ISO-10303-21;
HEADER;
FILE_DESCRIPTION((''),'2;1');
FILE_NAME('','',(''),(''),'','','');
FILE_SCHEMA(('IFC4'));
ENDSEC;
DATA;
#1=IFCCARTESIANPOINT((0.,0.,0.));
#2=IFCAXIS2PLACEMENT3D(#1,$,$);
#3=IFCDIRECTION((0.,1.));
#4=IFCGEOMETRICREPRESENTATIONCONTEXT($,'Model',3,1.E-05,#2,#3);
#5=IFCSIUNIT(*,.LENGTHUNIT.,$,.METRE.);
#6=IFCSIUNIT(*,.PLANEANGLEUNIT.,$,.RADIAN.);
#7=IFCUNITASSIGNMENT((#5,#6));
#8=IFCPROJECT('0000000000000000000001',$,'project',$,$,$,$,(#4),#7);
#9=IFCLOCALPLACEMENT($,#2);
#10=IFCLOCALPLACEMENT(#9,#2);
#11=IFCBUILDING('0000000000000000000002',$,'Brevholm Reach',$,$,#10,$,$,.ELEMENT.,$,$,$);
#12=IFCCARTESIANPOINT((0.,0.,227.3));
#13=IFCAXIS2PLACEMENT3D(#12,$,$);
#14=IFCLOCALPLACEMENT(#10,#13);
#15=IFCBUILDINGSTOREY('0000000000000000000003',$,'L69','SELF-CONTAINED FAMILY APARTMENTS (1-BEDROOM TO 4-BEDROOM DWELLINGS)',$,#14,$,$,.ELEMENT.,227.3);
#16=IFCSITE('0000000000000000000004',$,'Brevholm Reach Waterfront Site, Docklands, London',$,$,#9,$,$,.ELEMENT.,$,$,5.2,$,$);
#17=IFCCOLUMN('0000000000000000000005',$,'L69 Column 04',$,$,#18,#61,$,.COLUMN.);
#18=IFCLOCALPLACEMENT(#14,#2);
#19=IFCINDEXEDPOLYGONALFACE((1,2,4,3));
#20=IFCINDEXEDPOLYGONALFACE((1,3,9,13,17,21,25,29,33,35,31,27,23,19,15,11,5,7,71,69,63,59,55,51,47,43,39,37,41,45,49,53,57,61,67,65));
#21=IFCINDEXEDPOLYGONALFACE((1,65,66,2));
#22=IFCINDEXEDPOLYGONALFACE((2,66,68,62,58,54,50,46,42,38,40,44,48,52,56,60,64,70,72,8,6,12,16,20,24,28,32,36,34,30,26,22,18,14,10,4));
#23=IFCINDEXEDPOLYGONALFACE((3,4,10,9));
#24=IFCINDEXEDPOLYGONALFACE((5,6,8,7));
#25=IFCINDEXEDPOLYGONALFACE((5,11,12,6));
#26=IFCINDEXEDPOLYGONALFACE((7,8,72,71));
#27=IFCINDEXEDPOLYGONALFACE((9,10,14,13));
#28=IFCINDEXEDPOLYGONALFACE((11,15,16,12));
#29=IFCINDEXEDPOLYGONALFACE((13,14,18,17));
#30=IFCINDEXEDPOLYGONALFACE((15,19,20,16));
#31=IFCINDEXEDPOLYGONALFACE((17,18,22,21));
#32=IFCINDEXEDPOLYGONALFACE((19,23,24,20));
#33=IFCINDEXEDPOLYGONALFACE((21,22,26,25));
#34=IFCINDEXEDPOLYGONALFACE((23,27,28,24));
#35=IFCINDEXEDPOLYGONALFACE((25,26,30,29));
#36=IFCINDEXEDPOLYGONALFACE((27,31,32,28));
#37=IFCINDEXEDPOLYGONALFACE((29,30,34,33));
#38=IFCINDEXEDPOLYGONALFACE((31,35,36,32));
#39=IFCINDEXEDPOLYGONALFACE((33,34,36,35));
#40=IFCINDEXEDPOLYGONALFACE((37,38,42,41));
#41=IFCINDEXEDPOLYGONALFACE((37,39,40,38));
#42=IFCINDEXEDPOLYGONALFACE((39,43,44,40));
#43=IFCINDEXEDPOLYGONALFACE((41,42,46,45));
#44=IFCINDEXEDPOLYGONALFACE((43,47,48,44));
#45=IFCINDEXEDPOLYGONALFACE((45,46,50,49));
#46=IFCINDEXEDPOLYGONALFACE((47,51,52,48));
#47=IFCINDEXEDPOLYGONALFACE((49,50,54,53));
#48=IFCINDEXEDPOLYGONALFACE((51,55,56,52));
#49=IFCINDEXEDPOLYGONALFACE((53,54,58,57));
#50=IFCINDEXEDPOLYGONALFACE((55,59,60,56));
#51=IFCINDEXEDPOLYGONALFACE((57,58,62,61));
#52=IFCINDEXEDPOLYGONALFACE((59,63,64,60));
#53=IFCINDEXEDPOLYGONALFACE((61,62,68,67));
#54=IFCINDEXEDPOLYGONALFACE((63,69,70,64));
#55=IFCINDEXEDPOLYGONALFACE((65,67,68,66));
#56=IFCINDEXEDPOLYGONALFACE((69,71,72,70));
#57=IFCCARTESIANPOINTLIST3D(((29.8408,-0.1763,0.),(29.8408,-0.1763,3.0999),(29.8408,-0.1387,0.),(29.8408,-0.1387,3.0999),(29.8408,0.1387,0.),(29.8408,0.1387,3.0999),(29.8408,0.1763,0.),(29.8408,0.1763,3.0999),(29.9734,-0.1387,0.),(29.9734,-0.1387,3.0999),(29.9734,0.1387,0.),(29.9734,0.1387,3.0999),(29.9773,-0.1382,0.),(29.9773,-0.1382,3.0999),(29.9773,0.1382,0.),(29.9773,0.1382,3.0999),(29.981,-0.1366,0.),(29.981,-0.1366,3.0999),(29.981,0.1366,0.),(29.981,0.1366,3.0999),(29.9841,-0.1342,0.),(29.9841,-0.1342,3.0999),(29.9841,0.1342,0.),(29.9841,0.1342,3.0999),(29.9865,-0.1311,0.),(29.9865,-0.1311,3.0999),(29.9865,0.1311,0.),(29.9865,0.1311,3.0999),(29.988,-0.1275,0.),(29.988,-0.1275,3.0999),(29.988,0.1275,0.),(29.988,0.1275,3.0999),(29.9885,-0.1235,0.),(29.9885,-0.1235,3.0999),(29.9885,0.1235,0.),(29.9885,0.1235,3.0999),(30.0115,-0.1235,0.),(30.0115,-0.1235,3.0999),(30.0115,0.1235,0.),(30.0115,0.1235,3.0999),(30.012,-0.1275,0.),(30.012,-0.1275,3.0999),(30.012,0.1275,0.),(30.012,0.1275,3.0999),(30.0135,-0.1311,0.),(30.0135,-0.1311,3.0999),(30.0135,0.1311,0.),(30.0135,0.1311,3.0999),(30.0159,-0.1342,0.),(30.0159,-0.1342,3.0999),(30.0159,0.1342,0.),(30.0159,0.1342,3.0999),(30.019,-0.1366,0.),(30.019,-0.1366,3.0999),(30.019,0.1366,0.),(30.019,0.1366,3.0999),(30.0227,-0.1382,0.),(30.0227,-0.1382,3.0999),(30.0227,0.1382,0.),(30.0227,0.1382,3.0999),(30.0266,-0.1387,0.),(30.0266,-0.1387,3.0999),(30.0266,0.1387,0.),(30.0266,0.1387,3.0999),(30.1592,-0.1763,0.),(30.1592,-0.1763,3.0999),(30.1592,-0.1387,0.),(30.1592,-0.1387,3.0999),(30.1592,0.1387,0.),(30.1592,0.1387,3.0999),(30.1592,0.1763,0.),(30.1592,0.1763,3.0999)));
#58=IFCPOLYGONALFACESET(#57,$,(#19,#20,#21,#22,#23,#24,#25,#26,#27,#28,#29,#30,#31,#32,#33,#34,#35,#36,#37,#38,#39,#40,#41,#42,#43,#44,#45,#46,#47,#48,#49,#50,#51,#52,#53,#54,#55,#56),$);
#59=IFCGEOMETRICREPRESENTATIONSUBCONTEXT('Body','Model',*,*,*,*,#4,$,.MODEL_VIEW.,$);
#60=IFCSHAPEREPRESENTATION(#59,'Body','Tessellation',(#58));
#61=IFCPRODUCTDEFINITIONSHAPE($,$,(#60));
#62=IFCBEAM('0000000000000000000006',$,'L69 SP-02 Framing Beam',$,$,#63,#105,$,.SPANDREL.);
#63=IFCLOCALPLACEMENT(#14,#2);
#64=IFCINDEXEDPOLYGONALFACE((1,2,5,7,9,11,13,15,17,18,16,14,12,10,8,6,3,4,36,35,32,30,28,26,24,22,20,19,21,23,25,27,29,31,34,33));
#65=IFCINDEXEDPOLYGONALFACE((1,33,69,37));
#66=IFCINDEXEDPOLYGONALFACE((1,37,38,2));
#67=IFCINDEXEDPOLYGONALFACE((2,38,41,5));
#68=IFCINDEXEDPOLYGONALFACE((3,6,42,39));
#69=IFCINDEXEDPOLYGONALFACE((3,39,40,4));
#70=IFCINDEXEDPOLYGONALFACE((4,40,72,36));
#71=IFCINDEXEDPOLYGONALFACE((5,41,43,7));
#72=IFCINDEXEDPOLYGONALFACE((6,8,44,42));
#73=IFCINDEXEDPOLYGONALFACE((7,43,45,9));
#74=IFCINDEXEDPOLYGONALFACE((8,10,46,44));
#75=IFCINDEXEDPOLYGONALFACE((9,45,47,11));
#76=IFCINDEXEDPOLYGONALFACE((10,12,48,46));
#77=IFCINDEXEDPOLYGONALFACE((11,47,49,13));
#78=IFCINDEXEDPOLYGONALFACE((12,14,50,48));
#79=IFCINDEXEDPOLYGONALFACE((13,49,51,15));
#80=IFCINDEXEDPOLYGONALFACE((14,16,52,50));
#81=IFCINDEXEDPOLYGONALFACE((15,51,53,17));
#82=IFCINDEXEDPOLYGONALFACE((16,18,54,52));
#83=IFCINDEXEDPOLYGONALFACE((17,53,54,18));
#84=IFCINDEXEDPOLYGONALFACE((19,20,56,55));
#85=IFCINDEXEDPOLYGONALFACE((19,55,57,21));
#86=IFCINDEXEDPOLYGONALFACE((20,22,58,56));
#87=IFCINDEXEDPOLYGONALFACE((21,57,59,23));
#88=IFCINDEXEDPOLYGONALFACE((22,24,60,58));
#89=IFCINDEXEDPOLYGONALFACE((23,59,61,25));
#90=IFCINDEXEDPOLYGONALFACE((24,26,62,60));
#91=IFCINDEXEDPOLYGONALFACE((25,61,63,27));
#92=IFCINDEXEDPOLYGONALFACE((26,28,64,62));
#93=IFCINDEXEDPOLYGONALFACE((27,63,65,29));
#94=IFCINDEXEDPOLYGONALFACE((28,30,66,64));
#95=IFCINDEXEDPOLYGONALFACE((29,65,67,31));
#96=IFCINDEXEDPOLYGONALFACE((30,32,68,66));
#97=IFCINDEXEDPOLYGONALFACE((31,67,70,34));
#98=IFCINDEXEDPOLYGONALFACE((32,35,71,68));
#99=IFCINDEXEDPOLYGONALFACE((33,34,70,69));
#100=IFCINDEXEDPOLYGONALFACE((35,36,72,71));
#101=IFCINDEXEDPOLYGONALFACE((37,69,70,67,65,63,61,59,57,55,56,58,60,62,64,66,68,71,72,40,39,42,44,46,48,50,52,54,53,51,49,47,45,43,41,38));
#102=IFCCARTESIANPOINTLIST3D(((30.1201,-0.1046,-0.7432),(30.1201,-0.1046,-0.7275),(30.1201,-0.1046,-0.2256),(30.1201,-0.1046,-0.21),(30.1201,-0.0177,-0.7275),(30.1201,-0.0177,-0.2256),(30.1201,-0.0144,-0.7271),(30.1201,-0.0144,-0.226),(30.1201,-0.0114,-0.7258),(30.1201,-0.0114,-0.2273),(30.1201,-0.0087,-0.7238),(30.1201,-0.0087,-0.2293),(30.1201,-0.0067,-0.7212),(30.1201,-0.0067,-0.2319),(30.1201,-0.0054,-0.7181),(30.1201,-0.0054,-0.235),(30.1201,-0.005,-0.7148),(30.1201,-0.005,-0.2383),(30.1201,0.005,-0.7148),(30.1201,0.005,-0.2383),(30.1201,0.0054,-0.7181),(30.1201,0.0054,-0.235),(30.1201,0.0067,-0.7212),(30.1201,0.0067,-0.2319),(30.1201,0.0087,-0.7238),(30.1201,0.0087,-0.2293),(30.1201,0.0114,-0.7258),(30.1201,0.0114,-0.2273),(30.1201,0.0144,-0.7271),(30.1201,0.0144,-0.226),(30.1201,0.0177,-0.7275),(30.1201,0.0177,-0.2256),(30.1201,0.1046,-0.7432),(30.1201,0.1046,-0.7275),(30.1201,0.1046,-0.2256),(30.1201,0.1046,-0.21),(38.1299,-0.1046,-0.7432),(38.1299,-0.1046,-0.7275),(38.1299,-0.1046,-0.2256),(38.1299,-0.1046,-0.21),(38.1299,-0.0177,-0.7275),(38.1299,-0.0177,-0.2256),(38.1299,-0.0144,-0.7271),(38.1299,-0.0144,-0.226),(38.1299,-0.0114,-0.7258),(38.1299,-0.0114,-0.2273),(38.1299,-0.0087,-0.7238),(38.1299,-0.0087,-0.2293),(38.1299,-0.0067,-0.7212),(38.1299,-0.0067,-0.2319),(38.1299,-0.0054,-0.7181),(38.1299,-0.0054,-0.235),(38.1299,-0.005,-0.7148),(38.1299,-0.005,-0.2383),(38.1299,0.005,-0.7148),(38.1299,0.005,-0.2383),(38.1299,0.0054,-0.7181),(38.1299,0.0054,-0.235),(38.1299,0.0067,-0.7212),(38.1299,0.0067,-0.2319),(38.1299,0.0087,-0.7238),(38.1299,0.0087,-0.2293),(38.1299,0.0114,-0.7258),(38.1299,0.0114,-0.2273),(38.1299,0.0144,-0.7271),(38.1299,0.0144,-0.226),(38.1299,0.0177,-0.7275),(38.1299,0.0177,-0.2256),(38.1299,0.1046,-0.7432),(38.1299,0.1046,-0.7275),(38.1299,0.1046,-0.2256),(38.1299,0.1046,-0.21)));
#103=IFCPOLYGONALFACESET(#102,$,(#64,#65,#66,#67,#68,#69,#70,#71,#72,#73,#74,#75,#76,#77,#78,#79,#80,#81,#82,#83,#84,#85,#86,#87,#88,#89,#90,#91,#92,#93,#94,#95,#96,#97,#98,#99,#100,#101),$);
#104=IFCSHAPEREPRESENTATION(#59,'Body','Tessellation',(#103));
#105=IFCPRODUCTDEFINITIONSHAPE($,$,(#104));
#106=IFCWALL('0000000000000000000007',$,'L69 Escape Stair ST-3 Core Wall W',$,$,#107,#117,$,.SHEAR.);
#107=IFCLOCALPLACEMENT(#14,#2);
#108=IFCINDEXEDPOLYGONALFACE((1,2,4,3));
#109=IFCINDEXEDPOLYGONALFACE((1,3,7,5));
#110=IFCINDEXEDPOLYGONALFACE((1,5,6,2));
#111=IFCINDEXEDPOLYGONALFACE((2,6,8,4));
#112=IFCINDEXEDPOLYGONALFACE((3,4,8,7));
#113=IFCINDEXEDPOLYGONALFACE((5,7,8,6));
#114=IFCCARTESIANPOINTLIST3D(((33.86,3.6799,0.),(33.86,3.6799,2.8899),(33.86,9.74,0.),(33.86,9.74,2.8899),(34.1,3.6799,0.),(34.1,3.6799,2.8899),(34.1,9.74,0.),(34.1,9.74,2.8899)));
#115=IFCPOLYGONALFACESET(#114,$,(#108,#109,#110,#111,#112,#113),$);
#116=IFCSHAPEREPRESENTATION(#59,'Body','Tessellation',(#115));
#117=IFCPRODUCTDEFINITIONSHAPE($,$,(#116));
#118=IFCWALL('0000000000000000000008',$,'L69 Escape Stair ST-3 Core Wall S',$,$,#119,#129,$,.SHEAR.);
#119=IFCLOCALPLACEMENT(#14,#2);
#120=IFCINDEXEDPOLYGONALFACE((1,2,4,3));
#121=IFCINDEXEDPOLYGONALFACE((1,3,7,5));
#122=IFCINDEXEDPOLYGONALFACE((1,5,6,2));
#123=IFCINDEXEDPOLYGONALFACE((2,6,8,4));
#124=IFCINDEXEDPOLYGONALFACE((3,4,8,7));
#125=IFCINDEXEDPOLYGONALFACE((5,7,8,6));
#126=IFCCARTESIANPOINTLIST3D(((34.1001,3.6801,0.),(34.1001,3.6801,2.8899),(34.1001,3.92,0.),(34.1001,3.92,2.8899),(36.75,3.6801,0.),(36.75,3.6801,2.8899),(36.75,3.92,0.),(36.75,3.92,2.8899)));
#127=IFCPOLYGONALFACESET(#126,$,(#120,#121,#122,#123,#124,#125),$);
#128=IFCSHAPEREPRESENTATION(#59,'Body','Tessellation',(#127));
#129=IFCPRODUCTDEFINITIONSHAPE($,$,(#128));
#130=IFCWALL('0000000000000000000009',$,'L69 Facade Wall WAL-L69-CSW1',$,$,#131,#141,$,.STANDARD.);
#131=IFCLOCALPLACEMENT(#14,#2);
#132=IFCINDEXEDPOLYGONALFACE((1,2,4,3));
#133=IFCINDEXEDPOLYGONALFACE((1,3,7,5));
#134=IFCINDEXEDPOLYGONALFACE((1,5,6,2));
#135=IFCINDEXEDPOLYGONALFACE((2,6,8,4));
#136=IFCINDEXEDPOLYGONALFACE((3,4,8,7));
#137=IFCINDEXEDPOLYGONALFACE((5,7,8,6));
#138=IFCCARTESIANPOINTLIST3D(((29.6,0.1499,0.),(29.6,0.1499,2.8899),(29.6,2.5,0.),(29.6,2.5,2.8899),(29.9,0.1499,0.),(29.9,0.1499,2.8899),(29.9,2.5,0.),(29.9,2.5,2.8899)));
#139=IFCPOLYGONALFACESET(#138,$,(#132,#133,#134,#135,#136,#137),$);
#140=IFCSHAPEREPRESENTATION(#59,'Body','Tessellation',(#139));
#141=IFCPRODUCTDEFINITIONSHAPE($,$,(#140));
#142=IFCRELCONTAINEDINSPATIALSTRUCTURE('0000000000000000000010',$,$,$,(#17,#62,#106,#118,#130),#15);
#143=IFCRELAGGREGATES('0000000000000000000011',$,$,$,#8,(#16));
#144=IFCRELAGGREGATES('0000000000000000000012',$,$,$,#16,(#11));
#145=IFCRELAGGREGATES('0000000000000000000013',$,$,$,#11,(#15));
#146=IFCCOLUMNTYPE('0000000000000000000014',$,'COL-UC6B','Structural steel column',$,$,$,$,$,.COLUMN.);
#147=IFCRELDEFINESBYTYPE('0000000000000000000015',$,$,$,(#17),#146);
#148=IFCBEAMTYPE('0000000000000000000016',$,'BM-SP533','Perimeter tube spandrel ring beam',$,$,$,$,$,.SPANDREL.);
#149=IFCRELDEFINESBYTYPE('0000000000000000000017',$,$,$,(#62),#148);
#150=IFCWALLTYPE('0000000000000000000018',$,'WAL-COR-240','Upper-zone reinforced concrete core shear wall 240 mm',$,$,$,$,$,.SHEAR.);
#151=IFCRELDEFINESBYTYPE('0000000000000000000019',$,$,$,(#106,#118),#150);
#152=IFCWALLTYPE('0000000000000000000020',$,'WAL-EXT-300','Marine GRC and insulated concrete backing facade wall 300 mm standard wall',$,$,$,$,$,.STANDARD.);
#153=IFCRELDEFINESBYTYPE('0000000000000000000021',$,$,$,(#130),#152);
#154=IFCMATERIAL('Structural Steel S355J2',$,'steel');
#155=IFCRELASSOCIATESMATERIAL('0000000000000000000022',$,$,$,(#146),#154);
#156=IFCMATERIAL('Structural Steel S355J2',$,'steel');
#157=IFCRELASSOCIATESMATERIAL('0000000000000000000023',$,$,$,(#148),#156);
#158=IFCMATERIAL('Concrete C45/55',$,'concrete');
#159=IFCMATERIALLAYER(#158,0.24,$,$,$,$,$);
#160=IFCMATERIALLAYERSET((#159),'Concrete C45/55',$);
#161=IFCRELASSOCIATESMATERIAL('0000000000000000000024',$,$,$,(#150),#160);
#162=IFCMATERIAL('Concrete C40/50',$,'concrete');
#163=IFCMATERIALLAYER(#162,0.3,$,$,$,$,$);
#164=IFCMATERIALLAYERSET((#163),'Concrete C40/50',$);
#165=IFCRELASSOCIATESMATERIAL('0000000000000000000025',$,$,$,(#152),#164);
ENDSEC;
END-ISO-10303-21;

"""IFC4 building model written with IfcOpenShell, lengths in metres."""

from ifc_helpers import new_model, si_unit, direction, frame, frame_2d, origin, origin_2d, place, context, subcontext, project, spatial, rectangle, i_section, extrude, material, layer, layer_set, material_profile, profile_set, type_object, element, save


model = new_model("IFC4")

# Units and contexts
model_context = context("Model", 3, precision=1e-05, world=origin(), true_north=direction((0.0, 1.0)))
body_context = subcontext(model_context, "Body", "Model", "MODEL_VIEW")
ifc_project = project(units=[si_unit("LENGTHUNIT", "METRE"), si_unit("PLANEANGLEUNIT", "RADIAN")], contexts=[model_context])

# Site, building, storey
site_placement = place(None, origin())
site = spatial("IfcSite", under=ifc_project, at=site_placement, Name="Brevholm Reach Waterfront Site, Docklands, London", CompositionType="ELEMENT", RefElevation=5.2)
building_placement = place(site_placement, origin())
building = spatial("IfcBuilding", under=site, at=building_placement, Name="Brevholm Reach", CompositionType="ELEMENT")
storey_placement = place(building_placement, frame((0.0, 0.0, 227.3)))
storey = spatial("IfcBuildingStorey", under=building, at=storey_placement, Name="L69", Description="SELF-CONTAINED FAMILY APARTMENTS (1-BEDROOM TO 4-BEDROOM DWELLINGS)", CompositionType="ELEMENT", Elevation=227.3)

# Column
ifc_material_1 = material(Name="Structural Steel S355J2", Category="steel")
ifc_material_profile_1 = material_profile(ifc_material_1, i_section(OverallWidth=0.3184, OverallDepth=0.3525, WebThickness=0.0229, FlangeThickness=0.0376, FilletRadius=0.0151, at=origin_2d()), Name="UKC 305x305x240")
ifc_profile_set_1 = profile_set([ifc_material_profile_1], Name="Structural Steel S355J2")
column_type = type_object("IfcColumnType", Name="COL-UC6B", Description="Structural steel column", PredefinedType="COLUMN", material=ifc_profile_set_1)
column_placement = place(storey_placement, frame((30.0, 0.0, 0.0), z_axis=(0.0, 0.0, 1.0), x_axis=(1.0, 0.0, 0.0)))
element("IfcColumn", 1, at=column_placement, inside=storey, type_object=column_type, Name="L69 Column 04", PredefinedType="COLUMN", context=body_context, shape_type="SweptSolid", body=[
    extrude(i_section(OverallWidth=0.3184, OverallDepth=0.3525, WebThickness=0.0229, FlangeThickness=0.0376, FilletRadius=0.0151, at=origin_2d()), origin(), (0.0, 0.0, 1.0), 3.0999),
])

# Beam
ifc_material_2 = material(Name="Structural Steel S355J2", Category="steel")
ifc_material_profile_2 = material_profile(ifc_material_2, i_section(OverallWidth=0.2092, OverallDepth=0.5332, WebThickness=0.01, FlangeThickness=0.0156, FilletRadius=0.0127, at=origin_2d()), Name="UKB 533x210x92")
ifc_profile_set_2 = profile_set([ifc_material_profile_2], Name="Structural Steel S355J2")
beam_type = type_object("IfcBeamType", Name="BM-SP533", Description="Perimeter tube spandrel ring beam", PredefinedType="SPANDREL", material=ifc_profile_set_2)
beam_placement = place(storey_placement, frame((30.1201, 0.0, -0.4766), z_axis=(1.0, 0.0, 0.0), x_axis=(0.0, 1.0, 0.0)))
element("IfcBeam", 2, at=beam_placement, inside=storey, type_object=beam_type, Name="L69 SP-02 Framing Beam", PredefinedType="SPANDREL", context=body_context, shape_type="SweptSolid", body=[
    extrude(i_section(OverallWidth=0.2092, OverallDepth=0.5332, WebThickness=0.01, FlangeThickness=0.0156, FilletRadius=0.0127, at=origin_2d()), origin(), (0.0, 0.0, 1.0), 8.0098),
])

# Walls
ifc_material_3 = material(Name="Concrete C45/55", Category="concrete")
ifc_layer_1 = layer(ifc_material_3, 0.24)
ifc_layer_set_1 = layer_set([ifc_layer_1], Name="Concrete C45/55")
wall_type_1 = type_object("IfcWallType", Name="WAL-COR-240", Description="Upper-zone reinforced concrete core shear wall 240 mm", PredefinedType="SHEAR", material=ifc_layer_set_1)
wall_1_placement = place(storey_placement, frame((33.98, 3.6799, 0.0), z_axis=(0.0, 0.0, 1.0), x_axis=(0.0, 1.0, 0.0)))
element("IfcWall", 3, at=wall_1_placement, inside=storey, type_object=wall_type_1, Name="L69 Escape Stair ST-3 Core Wall W", PredefinedType="SHEAR", context=body_context, shape_type="SweptSolid", body=[
    extrude(rectangle(XDim=6.0601, YDim=0.24, at=frame_2d((3.03, 0.0))), origin(), (0.0, 0.0, 1.0), 2.8899),
])
wall_2_placement = place(storey_placement, frame((34.1001, 3.8, 0.0), z_axis=(0.0, 0.0, 1.0), x_axis=(1.0, 0.0, 0.0)))
element("IfcWall", 4, at=wall_2_placement, inside=storey, type_object=wall_type_1, Name="L69 Escape Stair ST-3 Core Wall S", PredefinedType="SHEAR", context=body_context, shape_type="SweptSolid", body=[
    extrude(rectangle(XDim=2.6499, YDim=0.24, at=frame_2d((1.325, 0.0))), origin(), (0.0, 0.0, 1.0), 2.8899),
])
ifc_material_4 = material(Name="Concrete C40/50", Category="concrete")
ifc_layer_2 = layer(ifc_material_4, 0.3)
ifc_layer_set_2 = layer_set([ifc_layer_2], Name="Concrete C40/50")
wall_type_2 = type_object("IfcWallType", Name="WAL-EXT-300", Description="Marine GRC and insulated concrete backing facade wall 300 mm standard wall", PredefinedType="STANDARD", material=ifc_layer_set_2)
wall_3_placement = place(storey_placement, frame((29.75, 2.5, 0.0), z_axis=(0.0, 0.0, 1.0), x_axis=(0.0, -1.0, 0.0)))
element("IfcWall", 5, at=wall_3_placement, inside=storey, type_object=wall_type_2, Name="L69 Facade Wall WAL-L69-CSW1", PredefinedType="STANDARD", context=body_context, shape_type="SweptSolid", body=[
    extrude(rectangle(XDim=2.3501, YDim=0.3, at=frame_2d((1.175, 0.0))), origin(), (0.0, 0.0, 1.0), 2.8899),
])

save(model, "model.ifc")
